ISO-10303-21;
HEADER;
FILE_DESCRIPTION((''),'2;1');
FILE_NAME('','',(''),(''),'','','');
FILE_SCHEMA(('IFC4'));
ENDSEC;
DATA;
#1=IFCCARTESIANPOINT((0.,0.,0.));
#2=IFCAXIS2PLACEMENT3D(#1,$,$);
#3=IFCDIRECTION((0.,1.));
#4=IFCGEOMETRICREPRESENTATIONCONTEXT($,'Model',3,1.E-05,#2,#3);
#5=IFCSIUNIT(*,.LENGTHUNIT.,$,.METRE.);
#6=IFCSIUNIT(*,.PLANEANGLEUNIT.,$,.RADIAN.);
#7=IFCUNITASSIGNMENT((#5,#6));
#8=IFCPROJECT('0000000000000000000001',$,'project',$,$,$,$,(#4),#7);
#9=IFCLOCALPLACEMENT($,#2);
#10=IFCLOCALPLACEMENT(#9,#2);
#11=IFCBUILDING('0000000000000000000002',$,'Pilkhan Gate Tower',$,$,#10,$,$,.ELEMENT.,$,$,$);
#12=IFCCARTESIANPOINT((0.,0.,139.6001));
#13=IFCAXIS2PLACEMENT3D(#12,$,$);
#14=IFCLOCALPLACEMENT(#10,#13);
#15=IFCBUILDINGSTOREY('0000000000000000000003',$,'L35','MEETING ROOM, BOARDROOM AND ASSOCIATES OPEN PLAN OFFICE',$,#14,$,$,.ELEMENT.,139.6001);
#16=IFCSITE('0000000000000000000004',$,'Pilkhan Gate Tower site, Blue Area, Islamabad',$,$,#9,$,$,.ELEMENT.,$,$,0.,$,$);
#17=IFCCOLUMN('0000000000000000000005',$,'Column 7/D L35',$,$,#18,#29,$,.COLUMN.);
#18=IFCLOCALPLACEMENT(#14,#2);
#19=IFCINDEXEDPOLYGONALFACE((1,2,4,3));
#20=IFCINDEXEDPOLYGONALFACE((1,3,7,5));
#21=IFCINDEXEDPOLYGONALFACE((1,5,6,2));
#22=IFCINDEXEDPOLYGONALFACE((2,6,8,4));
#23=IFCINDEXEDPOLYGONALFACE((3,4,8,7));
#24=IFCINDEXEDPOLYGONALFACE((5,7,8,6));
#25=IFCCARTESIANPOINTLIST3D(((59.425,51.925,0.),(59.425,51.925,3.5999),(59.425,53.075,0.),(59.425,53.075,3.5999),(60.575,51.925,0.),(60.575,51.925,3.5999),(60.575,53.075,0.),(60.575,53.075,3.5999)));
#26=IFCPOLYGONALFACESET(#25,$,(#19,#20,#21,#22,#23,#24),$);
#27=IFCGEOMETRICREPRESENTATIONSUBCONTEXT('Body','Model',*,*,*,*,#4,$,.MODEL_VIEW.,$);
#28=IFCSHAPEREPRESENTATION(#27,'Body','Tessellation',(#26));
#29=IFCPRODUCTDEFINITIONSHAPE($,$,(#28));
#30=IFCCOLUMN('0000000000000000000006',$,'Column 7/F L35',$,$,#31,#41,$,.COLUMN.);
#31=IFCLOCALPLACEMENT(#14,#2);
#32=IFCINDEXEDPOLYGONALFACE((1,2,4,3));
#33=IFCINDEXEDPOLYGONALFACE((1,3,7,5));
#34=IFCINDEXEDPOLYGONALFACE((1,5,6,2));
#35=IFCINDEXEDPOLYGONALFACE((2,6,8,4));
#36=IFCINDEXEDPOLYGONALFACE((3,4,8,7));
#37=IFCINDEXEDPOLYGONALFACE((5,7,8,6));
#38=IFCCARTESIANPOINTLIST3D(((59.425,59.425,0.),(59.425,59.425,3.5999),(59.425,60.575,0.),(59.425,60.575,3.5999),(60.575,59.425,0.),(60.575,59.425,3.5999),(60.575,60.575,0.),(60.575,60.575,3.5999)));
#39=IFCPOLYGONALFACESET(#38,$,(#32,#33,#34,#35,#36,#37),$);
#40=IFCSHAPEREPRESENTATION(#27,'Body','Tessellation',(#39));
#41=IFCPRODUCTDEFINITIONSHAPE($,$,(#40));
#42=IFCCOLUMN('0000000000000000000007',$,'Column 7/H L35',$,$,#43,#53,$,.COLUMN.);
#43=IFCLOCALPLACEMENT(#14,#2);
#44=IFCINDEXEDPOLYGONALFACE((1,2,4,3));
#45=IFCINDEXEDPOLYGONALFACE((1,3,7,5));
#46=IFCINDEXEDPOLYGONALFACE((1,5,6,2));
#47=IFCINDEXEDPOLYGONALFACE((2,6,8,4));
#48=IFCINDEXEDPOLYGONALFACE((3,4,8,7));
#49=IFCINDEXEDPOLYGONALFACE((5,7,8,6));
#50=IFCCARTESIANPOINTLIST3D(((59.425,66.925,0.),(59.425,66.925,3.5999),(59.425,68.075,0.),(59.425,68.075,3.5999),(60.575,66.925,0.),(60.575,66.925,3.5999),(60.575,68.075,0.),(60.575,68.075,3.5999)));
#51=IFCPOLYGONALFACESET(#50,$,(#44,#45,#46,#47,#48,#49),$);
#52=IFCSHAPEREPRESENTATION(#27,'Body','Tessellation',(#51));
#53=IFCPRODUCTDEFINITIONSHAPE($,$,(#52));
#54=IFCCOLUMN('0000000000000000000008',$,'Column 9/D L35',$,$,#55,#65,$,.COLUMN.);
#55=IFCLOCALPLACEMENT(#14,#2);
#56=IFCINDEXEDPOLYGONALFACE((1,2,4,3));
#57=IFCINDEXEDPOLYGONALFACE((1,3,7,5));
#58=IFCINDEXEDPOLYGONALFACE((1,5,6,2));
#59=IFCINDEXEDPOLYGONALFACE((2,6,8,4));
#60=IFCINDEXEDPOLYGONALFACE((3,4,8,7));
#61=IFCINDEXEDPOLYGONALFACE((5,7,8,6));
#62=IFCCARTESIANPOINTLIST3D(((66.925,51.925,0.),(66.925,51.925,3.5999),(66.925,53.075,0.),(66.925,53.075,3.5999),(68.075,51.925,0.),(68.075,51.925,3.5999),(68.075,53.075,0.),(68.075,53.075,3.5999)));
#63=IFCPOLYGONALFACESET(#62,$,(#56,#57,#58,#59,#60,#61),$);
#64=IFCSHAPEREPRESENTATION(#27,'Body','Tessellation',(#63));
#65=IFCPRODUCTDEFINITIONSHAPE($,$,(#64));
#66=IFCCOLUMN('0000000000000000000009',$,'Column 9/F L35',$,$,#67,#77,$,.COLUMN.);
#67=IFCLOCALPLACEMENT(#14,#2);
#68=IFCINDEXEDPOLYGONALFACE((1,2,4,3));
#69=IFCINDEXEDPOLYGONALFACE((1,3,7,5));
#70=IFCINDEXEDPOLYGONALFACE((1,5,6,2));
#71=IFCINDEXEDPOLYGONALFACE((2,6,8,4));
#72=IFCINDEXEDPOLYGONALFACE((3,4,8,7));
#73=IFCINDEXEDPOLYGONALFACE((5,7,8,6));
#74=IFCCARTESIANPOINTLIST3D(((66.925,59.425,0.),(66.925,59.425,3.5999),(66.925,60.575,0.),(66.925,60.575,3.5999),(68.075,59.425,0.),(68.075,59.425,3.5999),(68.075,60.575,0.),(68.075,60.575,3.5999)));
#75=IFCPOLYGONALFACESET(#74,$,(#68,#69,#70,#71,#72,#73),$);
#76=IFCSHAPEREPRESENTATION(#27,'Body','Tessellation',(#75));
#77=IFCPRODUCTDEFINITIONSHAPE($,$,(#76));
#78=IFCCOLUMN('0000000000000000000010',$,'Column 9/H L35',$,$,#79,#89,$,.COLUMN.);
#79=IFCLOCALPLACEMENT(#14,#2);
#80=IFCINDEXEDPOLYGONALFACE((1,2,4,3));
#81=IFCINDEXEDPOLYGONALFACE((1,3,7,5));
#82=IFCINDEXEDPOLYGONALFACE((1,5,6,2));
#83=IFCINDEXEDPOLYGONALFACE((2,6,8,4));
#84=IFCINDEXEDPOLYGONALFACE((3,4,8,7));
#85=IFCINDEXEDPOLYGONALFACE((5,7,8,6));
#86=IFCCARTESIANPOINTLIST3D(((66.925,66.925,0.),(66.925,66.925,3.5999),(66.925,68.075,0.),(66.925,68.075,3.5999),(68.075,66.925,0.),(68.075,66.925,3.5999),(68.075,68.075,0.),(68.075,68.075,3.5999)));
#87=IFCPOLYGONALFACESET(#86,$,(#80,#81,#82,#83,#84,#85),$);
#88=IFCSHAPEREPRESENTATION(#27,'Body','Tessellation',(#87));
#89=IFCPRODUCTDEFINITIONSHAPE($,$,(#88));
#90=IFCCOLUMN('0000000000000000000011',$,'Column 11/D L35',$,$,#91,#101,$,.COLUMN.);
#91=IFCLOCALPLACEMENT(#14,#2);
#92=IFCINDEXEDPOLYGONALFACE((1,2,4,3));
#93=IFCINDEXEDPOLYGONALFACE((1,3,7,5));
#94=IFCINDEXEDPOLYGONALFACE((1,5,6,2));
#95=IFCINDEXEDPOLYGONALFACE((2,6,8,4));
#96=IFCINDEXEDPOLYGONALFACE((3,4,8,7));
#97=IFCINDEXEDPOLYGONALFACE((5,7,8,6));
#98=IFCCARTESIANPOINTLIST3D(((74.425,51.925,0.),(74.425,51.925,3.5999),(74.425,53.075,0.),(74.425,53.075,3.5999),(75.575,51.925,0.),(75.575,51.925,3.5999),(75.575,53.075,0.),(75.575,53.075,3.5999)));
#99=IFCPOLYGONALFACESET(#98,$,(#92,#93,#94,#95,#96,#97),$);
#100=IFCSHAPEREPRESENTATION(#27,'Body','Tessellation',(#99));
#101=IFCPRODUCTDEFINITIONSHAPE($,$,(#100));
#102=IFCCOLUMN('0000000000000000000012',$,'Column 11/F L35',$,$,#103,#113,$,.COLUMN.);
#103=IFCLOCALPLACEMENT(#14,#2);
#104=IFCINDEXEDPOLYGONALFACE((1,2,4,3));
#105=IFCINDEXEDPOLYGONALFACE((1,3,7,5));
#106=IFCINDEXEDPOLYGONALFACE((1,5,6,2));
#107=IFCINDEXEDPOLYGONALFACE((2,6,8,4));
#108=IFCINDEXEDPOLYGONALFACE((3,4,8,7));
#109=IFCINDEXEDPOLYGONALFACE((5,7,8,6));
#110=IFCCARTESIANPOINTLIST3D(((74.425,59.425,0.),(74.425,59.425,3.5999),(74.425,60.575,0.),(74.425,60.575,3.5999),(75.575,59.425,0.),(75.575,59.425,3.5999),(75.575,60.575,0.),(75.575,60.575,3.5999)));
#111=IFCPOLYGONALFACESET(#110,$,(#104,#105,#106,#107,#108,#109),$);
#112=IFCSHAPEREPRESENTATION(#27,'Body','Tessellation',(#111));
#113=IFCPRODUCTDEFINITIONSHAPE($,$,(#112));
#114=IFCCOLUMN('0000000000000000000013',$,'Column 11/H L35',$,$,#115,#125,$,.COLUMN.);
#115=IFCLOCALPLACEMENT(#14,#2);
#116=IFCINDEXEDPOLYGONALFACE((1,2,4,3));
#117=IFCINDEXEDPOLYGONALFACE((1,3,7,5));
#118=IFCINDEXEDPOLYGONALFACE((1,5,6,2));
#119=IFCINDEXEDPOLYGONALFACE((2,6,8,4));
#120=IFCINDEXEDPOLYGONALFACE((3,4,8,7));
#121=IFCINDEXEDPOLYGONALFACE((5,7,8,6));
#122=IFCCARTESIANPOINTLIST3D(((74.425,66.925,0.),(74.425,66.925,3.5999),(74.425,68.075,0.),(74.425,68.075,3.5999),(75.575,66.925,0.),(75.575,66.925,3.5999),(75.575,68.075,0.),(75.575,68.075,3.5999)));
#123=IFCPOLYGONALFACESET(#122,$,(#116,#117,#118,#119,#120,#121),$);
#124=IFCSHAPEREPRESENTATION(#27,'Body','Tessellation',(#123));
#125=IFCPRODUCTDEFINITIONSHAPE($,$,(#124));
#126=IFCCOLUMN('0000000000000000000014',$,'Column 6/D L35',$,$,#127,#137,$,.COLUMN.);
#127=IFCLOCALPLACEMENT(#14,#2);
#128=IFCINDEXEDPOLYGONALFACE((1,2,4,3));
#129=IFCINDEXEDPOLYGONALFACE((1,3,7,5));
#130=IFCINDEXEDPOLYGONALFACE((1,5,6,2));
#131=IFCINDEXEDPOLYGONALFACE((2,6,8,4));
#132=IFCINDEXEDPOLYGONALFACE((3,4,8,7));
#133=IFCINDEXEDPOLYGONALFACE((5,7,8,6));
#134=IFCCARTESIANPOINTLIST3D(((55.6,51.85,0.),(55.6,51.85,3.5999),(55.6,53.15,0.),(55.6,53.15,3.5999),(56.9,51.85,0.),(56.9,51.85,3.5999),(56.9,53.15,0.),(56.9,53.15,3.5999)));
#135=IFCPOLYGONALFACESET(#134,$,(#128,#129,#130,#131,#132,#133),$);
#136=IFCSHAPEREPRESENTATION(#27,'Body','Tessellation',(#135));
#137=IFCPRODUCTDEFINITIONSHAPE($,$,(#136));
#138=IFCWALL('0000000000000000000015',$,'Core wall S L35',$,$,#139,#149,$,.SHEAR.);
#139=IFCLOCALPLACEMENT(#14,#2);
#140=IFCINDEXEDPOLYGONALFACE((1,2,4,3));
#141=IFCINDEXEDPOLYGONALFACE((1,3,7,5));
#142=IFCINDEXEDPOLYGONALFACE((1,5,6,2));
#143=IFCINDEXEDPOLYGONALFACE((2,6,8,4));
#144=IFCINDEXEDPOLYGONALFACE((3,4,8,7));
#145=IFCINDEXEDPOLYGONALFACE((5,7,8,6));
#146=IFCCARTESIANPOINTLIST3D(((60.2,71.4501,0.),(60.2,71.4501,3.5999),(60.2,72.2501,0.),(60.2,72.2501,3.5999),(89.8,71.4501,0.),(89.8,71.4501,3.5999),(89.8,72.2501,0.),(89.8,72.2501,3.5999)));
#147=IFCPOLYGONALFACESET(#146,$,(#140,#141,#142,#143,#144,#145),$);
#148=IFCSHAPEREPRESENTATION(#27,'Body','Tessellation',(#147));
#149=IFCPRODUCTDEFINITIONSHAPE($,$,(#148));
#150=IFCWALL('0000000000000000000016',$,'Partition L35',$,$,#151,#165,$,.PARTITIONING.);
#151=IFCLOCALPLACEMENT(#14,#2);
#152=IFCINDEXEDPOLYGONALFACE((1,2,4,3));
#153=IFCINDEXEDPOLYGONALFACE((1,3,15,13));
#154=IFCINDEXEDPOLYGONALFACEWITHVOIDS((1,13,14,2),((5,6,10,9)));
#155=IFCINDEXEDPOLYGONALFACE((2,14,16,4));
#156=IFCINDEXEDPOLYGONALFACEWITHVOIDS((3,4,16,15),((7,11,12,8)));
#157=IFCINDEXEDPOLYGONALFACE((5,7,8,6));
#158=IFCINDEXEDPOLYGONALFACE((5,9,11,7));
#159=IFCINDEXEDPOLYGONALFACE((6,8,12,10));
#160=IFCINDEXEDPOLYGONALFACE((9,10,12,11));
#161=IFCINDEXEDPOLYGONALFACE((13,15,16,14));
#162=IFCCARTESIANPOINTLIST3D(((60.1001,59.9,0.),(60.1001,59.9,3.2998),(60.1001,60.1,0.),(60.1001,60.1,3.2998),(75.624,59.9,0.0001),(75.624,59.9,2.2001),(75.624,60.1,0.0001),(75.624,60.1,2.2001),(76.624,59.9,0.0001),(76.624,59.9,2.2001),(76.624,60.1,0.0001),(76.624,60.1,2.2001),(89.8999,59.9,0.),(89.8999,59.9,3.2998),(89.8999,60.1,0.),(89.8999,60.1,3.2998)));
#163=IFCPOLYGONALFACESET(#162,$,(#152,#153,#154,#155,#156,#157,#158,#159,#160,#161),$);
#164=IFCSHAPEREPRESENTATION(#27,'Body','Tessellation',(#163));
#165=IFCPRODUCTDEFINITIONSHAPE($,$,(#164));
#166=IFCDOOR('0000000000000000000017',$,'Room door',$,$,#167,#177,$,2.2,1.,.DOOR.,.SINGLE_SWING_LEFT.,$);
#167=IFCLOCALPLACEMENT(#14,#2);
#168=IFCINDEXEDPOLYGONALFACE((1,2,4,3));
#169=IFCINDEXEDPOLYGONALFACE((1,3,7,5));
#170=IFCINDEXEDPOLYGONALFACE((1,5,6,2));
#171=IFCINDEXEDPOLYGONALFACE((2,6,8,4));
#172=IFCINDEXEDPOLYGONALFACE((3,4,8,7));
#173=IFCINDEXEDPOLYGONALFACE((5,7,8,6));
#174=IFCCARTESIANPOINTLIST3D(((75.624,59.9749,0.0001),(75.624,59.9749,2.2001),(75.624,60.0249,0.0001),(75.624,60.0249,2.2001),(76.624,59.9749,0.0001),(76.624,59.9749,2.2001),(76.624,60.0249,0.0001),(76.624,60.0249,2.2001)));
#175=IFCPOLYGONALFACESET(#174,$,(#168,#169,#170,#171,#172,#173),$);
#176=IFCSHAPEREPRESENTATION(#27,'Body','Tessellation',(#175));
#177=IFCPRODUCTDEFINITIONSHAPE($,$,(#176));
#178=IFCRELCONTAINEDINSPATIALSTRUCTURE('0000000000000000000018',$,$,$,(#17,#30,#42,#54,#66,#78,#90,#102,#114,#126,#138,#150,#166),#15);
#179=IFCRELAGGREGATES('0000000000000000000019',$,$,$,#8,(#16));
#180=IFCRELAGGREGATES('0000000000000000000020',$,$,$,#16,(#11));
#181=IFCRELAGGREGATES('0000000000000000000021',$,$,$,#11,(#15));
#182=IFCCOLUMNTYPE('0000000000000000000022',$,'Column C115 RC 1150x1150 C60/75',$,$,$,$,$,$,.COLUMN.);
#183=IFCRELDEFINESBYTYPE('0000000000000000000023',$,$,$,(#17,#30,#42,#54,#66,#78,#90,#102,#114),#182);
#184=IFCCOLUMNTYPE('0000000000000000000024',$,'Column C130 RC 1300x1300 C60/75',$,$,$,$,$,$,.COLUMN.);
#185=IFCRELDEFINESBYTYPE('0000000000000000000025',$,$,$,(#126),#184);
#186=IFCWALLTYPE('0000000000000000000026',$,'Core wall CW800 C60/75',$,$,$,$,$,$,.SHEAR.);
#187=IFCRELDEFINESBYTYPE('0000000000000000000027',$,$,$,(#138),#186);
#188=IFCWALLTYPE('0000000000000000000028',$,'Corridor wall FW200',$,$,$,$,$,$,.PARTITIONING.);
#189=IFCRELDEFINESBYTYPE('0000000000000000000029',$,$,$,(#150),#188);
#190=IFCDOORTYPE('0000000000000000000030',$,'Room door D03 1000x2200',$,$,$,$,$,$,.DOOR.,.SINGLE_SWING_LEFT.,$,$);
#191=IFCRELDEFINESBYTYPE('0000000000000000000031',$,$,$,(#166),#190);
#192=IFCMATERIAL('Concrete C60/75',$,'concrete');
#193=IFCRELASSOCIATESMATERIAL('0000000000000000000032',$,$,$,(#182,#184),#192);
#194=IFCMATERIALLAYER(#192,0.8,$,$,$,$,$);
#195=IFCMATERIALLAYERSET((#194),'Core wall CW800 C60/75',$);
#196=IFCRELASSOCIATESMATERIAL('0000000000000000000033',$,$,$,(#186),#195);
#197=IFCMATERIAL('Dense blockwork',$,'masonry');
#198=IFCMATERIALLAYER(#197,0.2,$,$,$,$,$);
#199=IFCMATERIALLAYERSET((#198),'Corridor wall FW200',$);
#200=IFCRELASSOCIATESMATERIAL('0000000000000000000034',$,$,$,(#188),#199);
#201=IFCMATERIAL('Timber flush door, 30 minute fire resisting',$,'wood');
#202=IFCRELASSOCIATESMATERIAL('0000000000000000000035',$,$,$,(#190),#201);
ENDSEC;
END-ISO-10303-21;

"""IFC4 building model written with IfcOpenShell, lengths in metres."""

from ifc_helpers import new_model, si_unit, direction, frame, frame_2d, origin, origin_2d, place, context, subcontext, project, spatial, rectangle, extrude, material, layer, layer_set, material_profile, profile_set, type_object, element, fill, save


model = new_model("IFC4")

# Units and contexts
model_context = context("Model", 3, precision=1e-05, world=origin(), true_north=direction((0.0, 1.0)))
body_context = subcontext(model_context, "Body", "Model", "MODEL_VIEW")
ifc_project = project(units=[si_unit("LENGTHUNIT", "METRE"), si_unit("PLANEANGLEUNIT", "RADIAN")], contexts=[model_context])

# Site, building, storey
site_placement = place(None, origin())
site = spatial("IfcSite", under=ifc_project, at=site_placement, Name="Pilkhan Gate Tower site, Blue Area, Islamabad", CompositionType="ELEMENT", RefElevation=0.0)
building_placement = place(site_placement, origin())
building = spatial("IfcBuilding", under=site, at=building_placement, Name="Pilkhan Gate Tower", CompositionType="ELEMENT")
storey_placement = place(building_placement, frame((0.0, 0.0, 139.6001)))
storey = spatial("IfcBuildingStorey", under=building, at=storey_placement, Name="L35", Description="MEETING ROOM, BOARDROOM AND ASSOCIATES OPEN PLAN OFFICE", CompositionType="ELEMENT", Elevation=139.6001)

# Columns
ifc_material_1 = material(Name="Concrete C60/75", Category="concrete")
ifc_material_profile_1 = material_profile(ifc_material_1, rectangle(XDim=1.1499, YDim=1.1499, at=origin_2d()), Name="RC 1150x1150")
ifc_profile_set_1 = profile_set([ifc_material_profile_1], Name="Concrete C60/75")
column_type_1 = type_object("IfcColumnType", Name="Column C115 RC 1150x1150 C60/75", PredefinedType="COLUMN", material=ifc_profile_set_1)
for number, where, z_axis, x_axis, name in (
    (1, (60.0, 52.5, 0.0), (0.0, 0.0, 1.0), (1.0, 0.0, 0.0), "Column 7/D L35"),
    (2, (60.0, 60.0, 0.0), (0.0, 0.0, 1.0), (1.0, 0.0, 0.0), "Column 7/F L35"),
    (3, (60.0, 67.5, 0.0), (0.0, 0.0, 1.0), (1.0, 0.0, 0.0), "Column 7/H L35"),
    (4, (67.5, 52.5, 0.0), (0.0, 0.0, 1.0), (1.0, 0.0, 0.0), "Column 9/D L35"),
    (5, (67.5, 60.0, 0.0), (0.0, 0.0, 1.0), (1.0, 0.0, 0.0), "Column 9/F L35"),
    (6, (67.5, 67.5, 0.0), (0.0, 0.0, 1.0), (1.0, 0.0, 0.0), "Column 9/H L35"),
    (7, (75.0, 52.5, 0.0), (0.0, 0.0, 1.0), (1.0, 0.0, 0.0), "Column 11/D L35"),
    (8, (75.0, 60.0, 0.0), (0.0, 0.0, 1.0), (1.0, 0.0, 0.0), "Column 11/F L35"),
    (9, (75.0, 67.5, 0.0), (0.0, 0.0, 1.0), (1.0, 0.0, 0.0), "Column 11/H L35"),
):
    element("IfcColumn", number, at=place(storey_placement, frame(where, z_axis=z_axis, x_axis=x_axis)), inside=storey, type_object=column_type_1, Name=name, PredefinedType="COLUMN", context=body_context, shape_type="SweptSolid", body=[
        extrude(rectangle(XDim=1.1499, YDim=1.1499, at=origin_2d()), origin(), (0.0, 0.0, 1.0), 3.5999),
    ])
ifc_material_profile_2 = material_profile(ifc_material_1, rectangle(XDim=1.3, YDim=1.3, at=origin_2d()), Name="RC 1300x1300")
ifc_profile_set_2 = profile_set([ifc_material_profile_2], Name="Concrete C60/75")
column_type_2 = type_object("IfcColumnType", Name="Column C130 RC 1300x1300 C60/75", PredefinedType="COLUMN", material=ifc_profile_set_2)
column_placement = place(storey_placement, frame((56.25, 52.5, 0.0), z_axis=(0.0, 0.0, 1.0), x_axis=(1.0, 0.0, 0.0)))
element("IfcColumn", 10, at=column_placement, inside=storey, type_object=column_type_2, Name="Column 6/D L35", PredefinedType="COLUMN", context=body_context, shape_type="SweptSolid", body=[
    extrude(rectangle(XDim=1.3, YDim=1.3, at=origin_2d()), origin(), (0.0, 0.0, 1.0), 3.5999),
])

# Wall
ifc_layer_1 = layer(ifc_material_1, 0.8)
ifc_layer_set_1 = layer_set([ifc_layer_1], Name="Core wall CW800 C60/75")
wall_type_1 = type_object("IfcWallType", Name="Core wall CW800 C60/75", PredefinedType="SHEAR", material=ifc_layer_set_1)
wall_1_placement = place(storey_placement, frame((60.2, 71.8501, 0.0), z_axis=(0.0, 0.0, 1.0), x_axis=(1.0, 0.0, 0.0)))
element("IfcWall", 11, at=wall_1_placement, inside=storey, type_object=wall_type_1, Name="Core wall S L35", PredefinedType="SHEAR", context=body_context, shape_type="SweptSolid", body=[
    extrude(rectangle(XDim=29.6001, YDim=0.8, at=frame_2d((14.8, 0.0))), origin(), (0.0, 0.0, 1.0), 3.5999),
])

# Wall, opening, door
ifc_material_2 = material(Name="Dense blockwork", Category="masonry")
ifc_layer_2 = layer(ifc_material_2, 0.2)
ifc_layer_set_2 = layer_set([ifc_layer_2], Name="Corridor wall FW200")
wall_type_2 = type_object("IfcWallType", Name="Corridor wall FW200", PredefinedType="PARTITIONING", material=ifc_layer_set_2)
wall_2_placement = place(storey_placement, frame((60.1001, 60.0, 0.0), z_axis=(0.0, 0.0, 1.0), x_axis=(1.0, 0.0, 0.0)))
wall_2 = element("IfcWall", 12, at=wall_2_placement, inside=storey, type_object=wall_type_2, Name="Partition L35", PredefinedType="PARTITIONING", context=body_context, shape_type="SweptSolid", body=[
    extrude(rectangle(XDim=29.7998, YDim=0.2, at=frame_2d((14.8999, 0.0))), origin(), (0.0, 0.0, 1.0), 3.2998),
])
opening_1_placement = place(wall_2_placement, frame((15.5239, 0.0, 0.0)))
opening_1 = element("IfcOpeningElement", 13, at=opening_1_placement, cuts=wall_2, PredefinedType="OPENING", context=body_context, shape_type="SweptSolid", body=[
    extrude(rectangle(XDim=1.0, YDim=2.2, at=frame_2d((0.5, 1.1001))), frame((0.0, 0.1099, 0.0), z_axis=(0.0, -1.0, 0.0), x_axis=(1.0, 0.0, 0.0)), (0.0, 0.0, 1.0), 0.22),
])
ifc_material_3 = material(Name="Timber flush door, 30 minute fire resisting", Category="wood")
door_type_1 = type_object("IfcDoorType", Name="Room door D03 1000x2200", OperationType="SINGLE_SWING_LEFT", PredefinedType="DOOR", material=ifc_material_3)
door_1_placement = place(opening_1_placement, origin())
door_1 = element("IfcDoor", 14, at=door_1_placement, inside=storey, type_object=door_type_1, Name="Room door", OperationType="SINGLE_SWING_LEFT", OverallHeight=2.2, OverallWidth=1.0, PredefinedType="DOOR", context=body_context, shape_type="SweptSolid", body=[
    extrude(rectangle(XDim=1.0, YDim=2.2, at=frame_2d((0.5, 1.1001))), frame((0.0, 0.0249, 0.0), z_axis=(0.0, -1.0, 0.0), x_axis=(1.0, 0.0, 0.0)), (0.0, 0.0, 1.0), 0.05),
])
fill(opening_1, door_1)

save(model, "model.ifc")
